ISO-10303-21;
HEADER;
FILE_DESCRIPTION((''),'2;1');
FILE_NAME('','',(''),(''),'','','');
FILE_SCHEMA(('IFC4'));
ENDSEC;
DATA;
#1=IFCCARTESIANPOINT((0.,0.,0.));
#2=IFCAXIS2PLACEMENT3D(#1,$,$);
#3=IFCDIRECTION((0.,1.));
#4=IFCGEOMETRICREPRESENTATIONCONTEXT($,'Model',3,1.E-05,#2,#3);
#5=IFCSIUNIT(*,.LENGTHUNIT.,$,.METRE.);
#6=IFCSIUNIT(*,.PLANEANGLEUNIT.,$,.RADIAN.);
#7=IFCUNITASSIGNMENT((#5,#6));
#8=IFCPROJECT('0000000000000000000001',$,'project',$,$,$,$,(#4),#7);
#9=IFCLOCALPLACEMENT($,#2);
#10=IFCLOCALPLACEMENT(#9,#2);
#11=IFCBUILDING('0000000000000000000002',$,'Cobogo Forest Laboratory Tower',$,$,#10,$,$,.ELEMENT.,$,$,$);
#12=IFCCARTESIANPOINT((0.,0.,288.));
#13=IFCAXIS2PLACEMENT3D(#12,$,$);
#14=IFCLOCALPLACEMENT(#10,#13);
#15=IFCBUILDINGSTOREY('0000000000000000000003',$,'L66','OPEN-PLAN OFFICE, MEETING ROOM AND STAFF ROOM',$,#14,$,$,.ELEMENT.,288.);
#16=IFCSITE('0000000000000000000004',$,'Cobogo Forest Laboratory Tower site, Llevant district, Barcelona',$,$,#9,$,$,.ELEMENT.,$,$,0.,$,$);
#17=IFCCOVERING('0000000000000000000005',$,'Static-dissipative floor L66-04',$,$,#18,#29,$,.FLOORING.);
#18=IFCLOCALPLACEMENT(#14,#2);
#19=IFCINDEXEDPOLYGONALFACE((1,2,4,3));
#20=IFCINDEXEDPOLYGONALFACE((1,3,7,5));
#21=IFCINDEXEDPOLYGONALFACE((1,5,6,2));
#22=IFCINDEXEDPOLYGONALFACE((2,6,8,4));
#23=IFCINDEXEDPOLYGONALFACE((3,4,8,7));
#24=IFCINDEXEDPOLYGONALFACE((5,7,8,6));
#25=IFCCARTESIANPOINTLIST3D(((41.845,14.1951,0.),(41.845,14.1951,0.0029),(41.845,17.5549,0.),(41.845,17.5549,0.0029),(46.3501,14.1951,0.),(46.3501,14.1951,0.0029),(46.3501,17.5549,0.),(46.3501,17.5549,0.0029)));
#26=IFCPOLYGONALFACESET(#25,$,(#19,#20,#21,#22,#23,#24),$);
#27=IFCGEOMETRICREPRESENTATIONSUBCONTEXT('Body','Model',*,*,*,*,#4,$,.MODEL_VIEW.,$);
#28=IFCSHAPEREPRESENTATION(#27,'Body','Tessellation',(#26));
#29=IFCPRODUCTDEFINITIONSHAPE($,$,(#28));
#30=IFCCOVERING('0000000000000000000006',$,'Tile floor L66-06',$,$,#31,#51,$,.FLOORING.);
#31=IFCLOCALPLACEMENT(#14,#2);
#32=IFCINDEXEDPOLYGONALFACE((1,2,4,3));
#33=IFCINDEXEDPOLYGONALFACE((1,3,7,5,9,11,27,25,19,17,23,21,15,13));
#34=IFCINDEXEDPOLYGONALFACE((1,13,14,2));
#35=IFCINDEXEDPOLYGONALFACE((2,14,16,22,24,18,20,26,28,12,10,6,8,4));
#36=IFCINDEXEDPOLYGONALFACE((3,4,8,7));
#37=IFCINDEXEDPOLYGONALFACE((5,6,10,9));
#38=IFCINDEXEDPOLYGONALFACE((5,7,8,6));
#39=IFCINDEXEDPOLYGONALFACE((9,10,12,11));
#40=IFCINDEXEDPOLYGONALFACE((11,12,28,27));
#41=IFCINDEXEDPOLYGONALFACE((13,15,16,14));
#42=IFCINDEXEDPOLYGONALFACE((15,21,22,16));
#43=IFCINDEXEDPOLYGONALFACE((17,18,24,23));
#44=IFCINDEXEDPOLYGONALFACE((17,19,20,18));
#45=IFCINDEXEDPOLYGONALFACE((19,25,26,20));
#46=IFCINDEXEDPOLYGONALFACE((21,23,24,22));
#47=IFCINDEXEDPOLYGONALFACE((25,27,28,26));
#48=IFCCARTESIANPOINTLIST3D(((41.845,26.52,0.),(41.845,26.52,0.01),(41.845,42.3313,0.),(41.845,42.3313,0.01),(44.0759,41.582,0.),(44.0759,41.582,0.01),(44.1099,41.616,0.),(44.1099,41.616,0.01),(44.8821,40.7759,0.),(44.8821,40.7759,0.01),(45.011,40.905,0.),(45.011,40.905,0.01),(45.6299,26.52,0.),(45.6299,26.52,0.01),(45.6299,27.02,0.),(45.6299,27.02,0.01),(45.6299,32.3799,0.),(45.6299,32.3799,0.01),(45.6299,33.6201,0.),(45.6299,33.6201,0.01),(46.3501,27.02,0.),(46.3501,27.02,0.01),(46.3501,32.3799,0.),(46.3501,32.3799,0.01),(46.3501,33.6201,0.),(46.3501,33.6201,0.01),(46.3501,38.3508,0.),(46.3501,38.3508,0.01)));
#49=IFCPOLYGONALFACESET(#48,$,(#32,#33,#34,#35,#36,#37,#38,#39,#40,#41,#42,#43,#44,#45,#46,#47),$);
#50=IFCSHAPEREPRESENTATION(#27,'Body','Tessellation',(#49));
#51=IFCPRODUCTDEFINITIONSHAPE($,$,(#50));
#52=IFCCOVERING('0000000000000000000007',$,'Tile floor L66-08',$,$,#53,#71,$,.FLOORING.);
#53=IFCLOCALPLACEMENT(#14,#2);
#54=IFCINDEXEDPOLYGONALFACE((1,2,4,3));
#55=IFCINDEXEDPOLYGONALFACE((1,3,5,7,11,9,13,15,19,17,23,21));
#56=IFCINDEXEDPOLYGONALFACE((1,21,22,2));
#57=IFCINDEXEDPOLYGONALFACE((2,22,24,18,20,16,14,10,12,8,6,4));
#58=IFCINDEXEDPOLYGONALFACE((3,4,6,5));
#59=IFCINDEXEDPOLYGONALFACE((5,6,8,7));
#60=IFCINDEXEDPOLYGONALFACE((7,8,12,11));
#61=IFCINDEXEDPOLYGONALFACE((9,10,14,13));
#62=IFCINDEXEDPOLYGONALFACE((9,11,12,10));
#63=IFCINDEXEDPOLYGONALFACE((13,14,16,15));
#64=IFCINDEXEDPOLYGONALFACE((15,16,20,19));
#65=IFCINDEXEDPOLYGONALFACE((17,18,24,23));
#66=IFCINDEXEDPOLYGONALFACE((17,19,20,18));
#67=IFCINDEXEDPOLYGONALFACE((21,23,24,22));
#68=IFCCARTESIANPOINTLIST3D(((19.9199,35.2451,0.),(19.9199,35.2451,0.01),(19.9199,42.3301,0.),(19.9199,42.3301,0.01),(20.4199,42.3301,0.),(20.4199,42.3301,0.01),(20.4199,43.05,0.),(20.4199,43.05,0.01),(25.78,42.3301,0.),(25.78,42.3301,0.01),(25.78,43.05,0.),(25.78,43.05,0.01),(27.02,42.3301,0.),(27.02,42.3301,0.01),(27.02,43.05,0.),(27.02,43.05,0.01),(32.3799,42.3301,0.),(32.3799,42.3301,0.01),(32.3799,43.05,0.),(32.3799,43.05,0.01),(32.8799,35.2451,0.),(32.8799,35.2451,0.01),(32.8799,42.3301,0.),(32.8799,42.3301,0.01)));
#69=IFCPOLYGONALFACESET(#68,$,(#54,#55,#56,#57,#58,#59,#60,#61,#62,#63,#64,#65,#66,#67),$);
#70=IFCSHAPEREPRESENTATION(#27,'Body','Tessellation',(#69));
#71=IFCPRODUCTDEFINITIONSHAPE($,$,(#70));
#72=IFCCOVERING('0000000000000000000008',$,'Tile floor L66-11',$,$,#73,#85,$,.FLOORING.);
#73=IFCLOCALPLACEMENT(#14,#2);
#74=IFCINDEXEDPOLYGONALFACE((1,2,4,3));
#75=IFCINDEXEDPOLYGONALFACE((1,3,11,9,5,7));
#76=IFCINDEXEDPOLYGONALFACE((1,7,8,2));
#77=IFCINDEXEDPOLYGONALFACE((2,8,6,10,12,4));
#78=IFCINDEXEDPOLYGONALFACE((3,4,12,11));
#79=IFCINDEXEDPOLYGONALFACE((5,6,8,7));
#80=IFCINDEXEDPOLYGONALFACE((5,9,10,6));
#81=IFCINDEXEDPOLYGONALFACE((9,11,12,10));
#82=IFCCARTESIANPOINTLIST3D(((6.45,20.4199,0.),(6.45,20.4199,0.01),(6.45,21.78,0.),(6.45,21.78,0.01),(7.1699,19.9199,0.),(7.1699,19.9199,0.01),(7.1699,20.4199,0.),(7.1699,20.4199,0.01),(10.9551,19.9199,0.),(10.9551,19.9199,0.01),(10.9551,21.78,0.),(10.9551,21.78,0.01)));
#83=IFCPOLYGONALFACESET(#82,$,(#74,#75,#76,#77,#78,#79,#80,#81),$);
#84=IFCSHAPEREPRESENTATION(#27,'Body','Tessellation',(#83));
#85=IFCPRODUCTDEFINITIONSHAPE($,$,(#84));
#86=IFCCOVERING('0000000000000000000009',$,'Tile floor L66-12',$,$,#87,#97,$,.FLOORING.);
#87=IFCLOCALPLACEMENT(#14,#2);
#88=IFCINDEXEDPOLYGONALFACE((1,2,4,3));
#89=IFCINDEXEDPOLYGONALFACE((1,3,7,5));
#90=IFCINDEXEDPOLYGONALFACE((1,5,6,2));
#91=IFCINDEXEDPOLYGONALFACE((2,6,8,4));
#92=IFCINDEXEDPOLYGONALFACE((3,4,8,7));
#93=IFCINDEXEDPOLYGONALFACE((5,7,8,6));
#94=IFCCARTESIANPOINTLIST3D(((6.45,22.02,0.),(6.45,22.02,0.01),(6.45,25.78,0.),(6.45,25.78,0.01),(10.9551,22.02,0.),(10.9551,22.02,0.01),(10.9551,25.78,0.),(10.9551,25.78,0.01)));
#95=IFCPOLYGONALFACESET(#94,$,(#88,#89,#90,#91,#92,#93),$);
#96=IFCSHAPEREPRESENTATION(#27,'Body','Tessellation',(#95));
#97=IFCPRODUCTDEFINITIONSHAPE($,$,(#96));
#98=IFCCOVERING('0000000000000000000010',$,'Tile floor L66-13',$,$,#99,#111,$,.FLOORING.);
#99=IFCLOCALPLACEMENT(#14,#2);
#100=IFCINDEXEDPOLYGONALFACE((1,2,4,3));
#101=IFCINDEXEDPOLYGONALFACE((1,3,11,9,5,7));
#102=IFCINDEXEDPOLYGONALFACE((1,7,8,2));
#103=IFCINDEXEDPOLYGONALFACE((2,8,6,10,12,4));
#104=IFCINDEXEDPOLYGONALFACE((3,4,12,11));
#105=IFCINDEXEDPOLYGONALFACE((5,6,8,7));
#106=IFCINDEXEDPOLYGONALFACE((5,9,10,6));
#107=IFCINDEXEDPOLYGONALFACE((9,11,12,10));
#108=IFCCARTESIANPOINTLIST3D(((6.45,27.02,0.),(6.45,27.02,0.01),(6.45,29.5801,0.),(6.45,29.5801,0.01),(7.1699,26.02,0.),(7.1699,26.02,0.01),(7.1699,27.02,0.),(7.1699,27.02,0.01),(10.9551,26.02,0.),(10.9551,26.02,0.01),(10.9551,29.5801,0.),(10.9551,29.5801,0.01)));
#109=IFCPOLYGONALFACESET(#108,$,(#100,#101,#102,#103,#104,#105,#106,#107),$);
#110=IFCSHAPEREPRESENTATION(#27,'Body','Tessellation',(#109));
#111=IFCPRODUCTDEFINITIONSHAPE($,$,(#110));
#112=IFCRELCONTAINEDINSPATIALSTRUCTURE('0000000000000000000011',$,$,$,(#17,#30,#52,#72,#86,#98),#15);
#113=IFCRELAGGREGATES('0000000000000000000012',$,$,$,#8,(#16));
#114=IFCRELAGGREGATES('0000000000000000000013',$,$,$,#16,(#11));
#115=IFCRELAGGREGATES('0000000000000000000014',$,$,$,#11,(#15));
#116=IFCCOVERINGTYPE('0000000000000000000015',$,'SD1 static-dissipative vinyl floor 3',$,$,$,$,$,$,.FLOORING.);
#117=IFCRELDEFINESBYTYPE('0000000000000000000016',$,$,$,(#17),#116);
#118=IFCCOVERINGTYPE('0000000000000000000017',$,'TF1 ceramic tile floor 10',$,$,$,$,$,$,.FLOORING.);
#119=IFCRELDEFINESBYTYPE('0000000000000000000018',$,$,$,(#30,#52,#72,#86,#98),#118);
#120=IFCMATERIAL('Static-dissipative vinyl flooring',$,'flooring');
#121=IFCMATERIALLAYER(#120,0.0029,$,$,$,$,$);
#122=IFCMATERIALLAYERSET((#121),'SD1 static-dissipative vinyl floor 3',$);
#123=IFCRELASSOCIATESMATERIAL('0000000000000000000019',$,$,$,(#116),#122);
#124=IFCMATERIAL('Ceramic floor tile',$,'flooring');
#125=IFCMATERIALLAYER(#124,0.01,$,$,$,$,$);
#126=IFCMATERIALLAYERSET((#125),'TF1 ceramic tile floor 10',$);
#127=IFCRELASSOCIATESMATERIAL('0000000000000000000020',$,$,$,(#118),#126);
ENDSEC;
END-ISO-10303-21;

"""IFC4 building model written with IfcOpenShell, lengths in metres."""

from ifc_helpers import new_model, si_unit, direction, frame, origin, place, context, subcontext, project, spatial, polyline, outline, extrude, material, layer, layer_set, type_object, element, save


model = new_model("IFC4")

# Units and contexts
model_context = context("Model", 3, precision=1e-05, world=origin(), true_north=direction((0.0, 1.0)))
body_context = subcontext(model_context, "Body", "Model", "MODEL_VIEW")
ifc_project = project(units=[si_unit("LENGTHUNIT", "METRE"), si_unit("PLANEANGLEUNIT", "RADIAN")], contexts=[model_context])

# Site, building, storey
site_placement = place(None, origin())
site = spatial("IfcSite", under=ifc_project, at=site_placement, Name="Cobogo Forest Laboratory Tower site, Llevant district, Barcelona", CompositionType="ELEMENT", RefElevation=0.0)
building_placement = place(site_placement, origin())
building = spatial("IfcBuilding", under=site, at=building_placement, Name="Cobogo Forest Laboratory Tower", CompositionType="ELEMENT")
storey_placement = place(building_placement, frame((0.0, 0.0, 288.0)))
storey = spatial("IfcBuildingStorey", under=building, at=storey_placement, Name="L66", Description="OPEN-PLAN OFFICE, MEETING ROOM AND STAFF ROOM", CompositionType="ELEMENT", Elevation=288.0)

# Coverings
ifc_material_1 = material(Name="Static-dissipative vinyl flooring", Category="flooring")
ifc_layer_1 = layer(ifc_material_1, 0.0029)
ifc_layer_set_1 = layer_set([ifc_layer_1], Name="SD1 static-dissipative vinyl floor 3")
covering_type_1 = type_object("IfcCoveringType", Name="SD1 static-dissipative vinyl floor 3", PredefinedType="FLOORING", material=ifc_layer_set_1)
covering_1_placement = place(storey_placement, origin())
element("IfcCovering", 1, at=covering_1_placement, inside=storey, type_object=covering_type_1, Name="Static-dissipative floor L66-04", PredefinedType="FLOORING", context=body_context, shape_type="SweptSolid", body=[
    extrude(outline(polyline([(41.845, 14.1951), (41.845, 17.5549), (46.3501, 17.5549), (46.3501, 14.1951), (41.845, 14.1951)])), origin(), (0.0, 0.0, 1.0), 0.0029),
])
ifc_material_2 = material(Name="Ceramic floor tile", Category="flooring")
ifc_layer_2 = layer(ifc_material_2, 0.01)
ifc_layer_set_2 = layer_set([ifc_layer_2], Name="TF1 ceramic tile floor 10")
covering_type_2 = type_object("IfcCoveringType", Name="TF1 ceramic tile floor 10", PredefinedType="FLOORING", material=ifc_layer_set_2)
covering_2_placement = place(storey_placement, origin())
element("IfcCovering", 2, at=covering_2_placement, inside=storey, type_object=covering_type_2, Name="Tile floor L66-06", PredefinedType="FLOORING", context=body_context, shape_type="SweptSolid", body=[
    extrude(outline(polyline([(41.845, 42.3313), (44.1099, 41.616), (44.0759, 41.582), (44.8821, 40.7759), (45.011, 40.905), (46.3501, 38.3508), (46.3501, 33.6201), (45.6299, 33.6201), (45.6299, 32.3799), (46.3501, 32.3799), (46.3501, 27.02), (45.6299, 27.02), (45.6299, 26.52), (41.845, 26.52), (41.845, 42.3313)])), origin(), (0.0, 0.0, 1.0), 0.01),
])
covering_3_placement = place(storey_placement, origin())
element("IfcCovering", 3, at=covering_3_placement, inside=storey, type_object=covering_type_2, Name="Tile floor L66-08", PredefinedType="FLOORING", context=body_context, shape_type="SweptSolid", body=[
    extrude(outline(polyline([(19.9199, 35.2451), (19.9199, 42.3301), (20.4199, 42.3301), (20.4199, 43.05), (25.78, 43.05), (25.78, 42.3301), (27.02, 42.3301), (27.02, 43.05), (32.3799, 43.05), (32.3799, 42.3301), (32.8799, 42.3301), (32.8799, 35.2451), (19.9199, 35.2451)])), origin(), (0.0, 0.0, 1.0), 0.01),
])
covering_4_placement = place(storey_placement, origin())
element("IfcCovering", 4, at=covering_4_placement, inside=storey, type_object=covering_type_2, Name="Tile floor L66-11", PredefinedType="FLOORING", context=body_context, shape_type="SweptSolid", body=[
    extrude(outline(polyline([(10.9551, 19.9199), (7.1699, 19.9199), (7.1699, 20.4199), (6.45, 20.4199), (6.45, 21.78), (10.9551, 21.78), (10.9551, 19.9199)])), origin(), (0.0, 0.0, 1.0), 0.01),
])
covering_5_placement = place(storey_placement, origin())
element("IfcCovering", 5, at=covering_5_placement, inside=storey, type_object=covering_type_2, Name="Tile floor L66-12", PredefinedType="FLOORING", context=body_context, shape_type="SweptSolid", body=[
    extrude(outline(polyline([(10.9551, 22.02), (6.45, 22.02), (6.45, 25.78), (10.9551, 25.78), (10.9551, 22.02)])), origin(), (0.0, 0.0, 1.0), 0.01),
])
covering_6_placement = place(storey_placement, origin())
element("IfcCovering", 6, at=covering_6_placement, inside=storey, type_object=covering_type_2, Name="Tile floor L66-13", PredefinedType="FLOORING", context=body_context, shape_type="SweptSolid", body=[
    extrude(outline(polyline([(10.9551, 26.02), (7.1699, 26.02), (7.1699, 27.02), (6.45, 27.02), (6.45, 29.5801), (10.9551, 29.5801), (10.9551, 26.02)])), origin(), (0.0, 0.0, 1.0), 0.01),
])

save(model, "model.ifc")
